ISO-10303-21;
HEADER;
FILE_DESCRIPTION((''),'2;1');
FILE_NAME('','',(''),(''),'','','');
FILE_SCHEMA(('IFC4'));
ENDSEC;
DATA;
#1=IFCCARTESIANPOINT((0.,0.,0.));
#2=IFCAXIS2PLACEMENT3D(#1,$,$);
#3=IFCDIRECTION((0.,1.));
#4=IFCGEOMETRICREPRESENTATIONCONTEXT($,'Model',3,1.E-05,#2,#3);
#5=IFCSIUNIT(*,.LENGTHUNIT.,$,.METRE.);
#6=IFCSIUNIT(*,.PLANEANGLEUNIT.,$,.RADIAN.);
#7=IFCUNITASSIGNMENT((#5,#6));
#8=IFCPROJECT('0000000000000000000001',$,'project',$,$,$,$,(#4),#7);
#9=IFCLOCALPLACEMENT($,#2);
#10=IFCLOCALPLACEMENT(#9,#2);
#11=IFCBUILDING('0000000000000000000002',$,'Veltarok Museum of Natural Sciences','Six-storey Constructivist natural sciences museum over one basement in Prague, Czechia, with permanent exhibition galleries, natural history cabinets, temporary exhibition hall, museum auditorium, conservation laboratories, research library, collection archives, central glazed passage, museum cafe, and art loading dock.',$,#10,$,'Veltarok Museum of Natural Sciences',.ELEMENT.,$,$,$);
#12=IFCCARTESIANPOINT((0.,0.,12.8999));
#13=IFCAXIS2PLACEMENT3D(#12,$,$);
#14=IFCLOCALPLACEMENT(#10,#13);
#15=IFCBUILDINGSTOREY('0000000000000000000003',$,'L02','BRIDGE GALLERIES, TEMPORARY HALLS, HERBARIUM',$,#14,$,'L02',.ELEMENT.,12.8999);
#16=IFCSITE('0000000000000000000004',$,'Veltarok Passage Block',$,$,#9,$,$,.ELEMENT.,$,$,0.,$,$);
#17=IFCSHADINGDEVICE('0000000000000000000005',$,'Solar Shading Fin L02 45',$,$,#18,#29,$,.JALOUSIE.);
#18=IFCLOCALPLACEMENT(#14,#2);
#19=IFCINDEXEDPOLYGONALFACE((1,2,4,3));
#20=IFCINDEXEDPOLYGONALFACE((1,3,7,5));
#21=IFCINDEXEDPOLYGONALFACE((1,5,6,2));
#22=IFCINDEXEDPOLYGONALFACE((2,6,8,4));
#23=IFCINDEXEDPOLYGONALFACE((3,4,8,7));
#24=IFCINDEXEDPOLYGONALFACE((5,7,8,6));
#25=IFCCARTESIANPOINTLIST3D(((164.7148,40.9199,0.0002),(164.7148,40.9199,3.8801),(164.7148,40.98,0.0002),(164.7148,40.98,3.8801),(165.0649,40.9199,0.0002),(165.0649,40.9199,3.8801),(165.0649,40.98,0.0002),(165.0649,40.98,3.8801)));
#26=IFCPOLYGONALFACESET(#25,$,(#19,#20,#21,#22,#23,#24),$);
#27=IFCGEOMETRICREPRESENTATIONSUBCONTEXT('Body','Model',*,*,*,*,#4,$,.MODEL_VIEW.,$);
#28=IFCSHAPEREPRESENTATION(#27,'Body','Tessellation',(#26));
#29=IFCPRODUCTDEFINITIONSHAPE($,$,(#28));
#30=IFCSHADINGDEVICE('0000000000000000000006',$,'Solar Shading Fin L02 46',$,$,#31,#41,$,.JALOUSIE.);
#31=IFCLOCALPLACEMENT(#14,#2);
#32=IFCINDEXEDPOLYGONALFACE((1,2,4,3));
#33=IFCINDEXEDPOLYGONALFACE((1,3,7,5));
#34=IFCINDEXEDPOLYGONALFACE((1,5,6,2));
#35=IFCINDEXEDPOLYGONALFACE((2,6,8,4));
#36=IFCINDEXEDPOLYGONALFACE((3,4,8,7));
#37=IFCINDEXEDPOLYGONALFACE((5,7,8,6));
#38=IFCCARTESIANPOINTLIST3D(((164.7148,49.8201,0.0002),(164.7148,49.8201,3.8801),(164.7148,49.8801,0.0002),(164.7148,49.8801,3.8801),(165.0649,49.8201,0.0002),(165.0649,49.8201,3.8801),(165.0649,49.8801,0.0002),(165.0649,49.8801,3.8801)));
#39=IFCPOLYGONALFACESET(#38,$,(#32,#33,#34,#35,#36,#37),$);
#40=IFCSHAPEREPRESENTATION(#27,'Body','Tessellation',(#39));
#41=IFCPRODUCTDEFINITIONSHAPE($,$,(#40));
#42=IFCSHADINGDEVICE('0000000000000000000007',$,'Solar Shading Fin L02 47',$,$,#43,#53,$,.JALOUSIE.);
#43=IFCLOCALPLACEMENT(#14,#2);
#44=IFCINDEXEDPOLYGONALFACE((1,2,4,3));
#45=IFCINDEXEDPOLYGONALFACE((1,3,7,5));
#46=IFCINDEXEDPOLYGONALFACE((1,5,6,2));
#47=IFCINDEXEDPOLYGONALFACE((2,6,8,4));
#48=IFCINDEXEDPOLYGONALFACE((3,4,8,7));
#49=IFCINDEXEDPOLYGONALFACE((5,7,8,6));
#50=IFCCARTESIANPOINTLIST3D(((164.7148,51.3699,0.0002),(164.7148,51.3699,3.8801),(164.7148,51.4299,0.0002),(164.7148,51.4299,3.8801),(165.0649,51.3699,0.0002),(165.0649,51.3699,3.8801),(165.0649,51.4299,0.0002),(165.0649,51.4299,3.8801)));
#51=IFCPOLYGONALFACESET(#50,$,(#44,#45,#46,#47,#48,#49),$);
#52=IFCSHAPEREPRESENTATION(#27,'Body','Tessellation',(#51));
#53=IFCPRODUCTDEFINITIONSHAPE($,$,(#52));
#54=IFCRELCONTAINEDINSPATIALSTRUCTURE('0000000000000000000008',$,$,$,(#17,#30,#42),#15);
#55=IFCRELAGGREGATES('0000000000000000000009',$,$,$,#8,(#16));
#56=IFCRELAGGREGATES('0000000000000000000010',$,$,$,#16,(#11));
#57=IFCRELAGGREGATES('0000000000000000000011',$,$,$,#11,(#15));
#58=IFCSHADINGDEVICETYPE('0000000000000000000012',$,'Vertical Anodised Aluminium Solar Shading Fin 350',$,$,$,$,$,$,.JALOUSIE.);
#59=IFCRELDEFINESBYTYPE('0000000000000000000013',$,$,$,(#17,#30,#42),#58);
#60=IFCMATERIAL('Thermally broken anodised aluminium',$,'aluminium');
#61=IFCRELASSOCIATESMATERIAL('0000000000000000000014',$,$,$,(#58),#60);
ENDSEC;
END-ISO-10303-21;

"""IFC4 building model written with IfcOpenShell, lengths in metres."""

from ifc_helpers import new_model, si_unit, direction, frame, origin, origin_2d, place, context, subcontext, project, spatial, rectangle, extrude, material, type_object, element, save


model = new_model("IFC4")

# Units and contexts
model_context = context("Model", 3, precision=1e-05, world=origin(), true_north=direction((0.0, 1.0)))
body_context = subcontext(model_context, "Body", "Model", "MODEL_VIEW")
ifc_project = project(units=[si_unit("LENGTHUNIT", "METRE"), si_unit("PLANEANGLEUNIT", "RADIAN")], contexts=[model_context])

# Site, building, storey
site_placement = place(None, origin())
site = spatial("IfcSite", under=ifc_project, at=site_placement, Name="Veltarok Passage Block", CompositionType="ELEMENT", RefElevation=0.0)
building_placement = place(site_placement, origin())
building = spatial("IfcBuilding", under=site, at=building_placement, Name="Veltarok Museum of Natural Sciences", Description="Six-storey Constructivist natural sciences museum over one basement in Prague, Czechia, with permanent exhibition galleries, natural history cabinets, temporary exhibition hall, museum auditorium, conservation laboratories, research library, collection archives, central glazed passage, museum cafe, and art loading dock.", LongName="Veltarok Museum of Natural Sciences", CompositionType="ELEMENT")
storey_placement = place(building_placement, frame((0.0, 0.0, 12.8999)))
storey = spatial("IfcBuildingStorey", under=building, at=storey_placement, Name="L02", Description="BRIDGE GALLERIES, TEMPORARY HALLS, HERBARIUM", LongName="L02", CompositionType="ELEMENT", Elevation=12.8999)

# Shared definitions
ifc_material_1 = material(Name="Thermally broken anodised aluminium", Category="aluminium")

# Shading devices
shading_device_type = type_object("IfcShadingDeviceType", Name="Vertical Anodised Aluminium Solar Shading Fin 350", PredefinedType="JALOUSIE", material=ifc_material_1)
for number, where, z_axis, x_axis, name in (
    (1, (164.8899, 40.95, 0.0002), (0.0, 0.0, 1.0), (1.0, 0.0, 0.0), "Solar Shading Fin L02 45"),
    (2, (164.8899, 49.8501, 0.0002), (0.0, 0.0, 1.0), (1.0, 0.0, 0.0), "Solar Shading Fin L02 46"),
    (3, (164.8899, 51.3999, 0.0002), (0.0, 0.0, 1.0), (1.0, 0.0, 0.0), "Solar Shading Fin L02 47"),
):
    element("IfcShadingDevice", number, at=place(storey_placement, frame(where, z_axis=z_axis, x_axis=x_axis)), inside=storey, type_object=shading_device_type, Name=name, PredefinedType="JALOUSIE", context=body_context, shape_type="SweptSolid", body=[
        extrude(rectangle(XDim=0.3501, YDim=0.0601, at=origin_2d()), origin(), (0.0, 0.0, 1.0), 3.8799),
    ])

save(model, "model.ifc")
